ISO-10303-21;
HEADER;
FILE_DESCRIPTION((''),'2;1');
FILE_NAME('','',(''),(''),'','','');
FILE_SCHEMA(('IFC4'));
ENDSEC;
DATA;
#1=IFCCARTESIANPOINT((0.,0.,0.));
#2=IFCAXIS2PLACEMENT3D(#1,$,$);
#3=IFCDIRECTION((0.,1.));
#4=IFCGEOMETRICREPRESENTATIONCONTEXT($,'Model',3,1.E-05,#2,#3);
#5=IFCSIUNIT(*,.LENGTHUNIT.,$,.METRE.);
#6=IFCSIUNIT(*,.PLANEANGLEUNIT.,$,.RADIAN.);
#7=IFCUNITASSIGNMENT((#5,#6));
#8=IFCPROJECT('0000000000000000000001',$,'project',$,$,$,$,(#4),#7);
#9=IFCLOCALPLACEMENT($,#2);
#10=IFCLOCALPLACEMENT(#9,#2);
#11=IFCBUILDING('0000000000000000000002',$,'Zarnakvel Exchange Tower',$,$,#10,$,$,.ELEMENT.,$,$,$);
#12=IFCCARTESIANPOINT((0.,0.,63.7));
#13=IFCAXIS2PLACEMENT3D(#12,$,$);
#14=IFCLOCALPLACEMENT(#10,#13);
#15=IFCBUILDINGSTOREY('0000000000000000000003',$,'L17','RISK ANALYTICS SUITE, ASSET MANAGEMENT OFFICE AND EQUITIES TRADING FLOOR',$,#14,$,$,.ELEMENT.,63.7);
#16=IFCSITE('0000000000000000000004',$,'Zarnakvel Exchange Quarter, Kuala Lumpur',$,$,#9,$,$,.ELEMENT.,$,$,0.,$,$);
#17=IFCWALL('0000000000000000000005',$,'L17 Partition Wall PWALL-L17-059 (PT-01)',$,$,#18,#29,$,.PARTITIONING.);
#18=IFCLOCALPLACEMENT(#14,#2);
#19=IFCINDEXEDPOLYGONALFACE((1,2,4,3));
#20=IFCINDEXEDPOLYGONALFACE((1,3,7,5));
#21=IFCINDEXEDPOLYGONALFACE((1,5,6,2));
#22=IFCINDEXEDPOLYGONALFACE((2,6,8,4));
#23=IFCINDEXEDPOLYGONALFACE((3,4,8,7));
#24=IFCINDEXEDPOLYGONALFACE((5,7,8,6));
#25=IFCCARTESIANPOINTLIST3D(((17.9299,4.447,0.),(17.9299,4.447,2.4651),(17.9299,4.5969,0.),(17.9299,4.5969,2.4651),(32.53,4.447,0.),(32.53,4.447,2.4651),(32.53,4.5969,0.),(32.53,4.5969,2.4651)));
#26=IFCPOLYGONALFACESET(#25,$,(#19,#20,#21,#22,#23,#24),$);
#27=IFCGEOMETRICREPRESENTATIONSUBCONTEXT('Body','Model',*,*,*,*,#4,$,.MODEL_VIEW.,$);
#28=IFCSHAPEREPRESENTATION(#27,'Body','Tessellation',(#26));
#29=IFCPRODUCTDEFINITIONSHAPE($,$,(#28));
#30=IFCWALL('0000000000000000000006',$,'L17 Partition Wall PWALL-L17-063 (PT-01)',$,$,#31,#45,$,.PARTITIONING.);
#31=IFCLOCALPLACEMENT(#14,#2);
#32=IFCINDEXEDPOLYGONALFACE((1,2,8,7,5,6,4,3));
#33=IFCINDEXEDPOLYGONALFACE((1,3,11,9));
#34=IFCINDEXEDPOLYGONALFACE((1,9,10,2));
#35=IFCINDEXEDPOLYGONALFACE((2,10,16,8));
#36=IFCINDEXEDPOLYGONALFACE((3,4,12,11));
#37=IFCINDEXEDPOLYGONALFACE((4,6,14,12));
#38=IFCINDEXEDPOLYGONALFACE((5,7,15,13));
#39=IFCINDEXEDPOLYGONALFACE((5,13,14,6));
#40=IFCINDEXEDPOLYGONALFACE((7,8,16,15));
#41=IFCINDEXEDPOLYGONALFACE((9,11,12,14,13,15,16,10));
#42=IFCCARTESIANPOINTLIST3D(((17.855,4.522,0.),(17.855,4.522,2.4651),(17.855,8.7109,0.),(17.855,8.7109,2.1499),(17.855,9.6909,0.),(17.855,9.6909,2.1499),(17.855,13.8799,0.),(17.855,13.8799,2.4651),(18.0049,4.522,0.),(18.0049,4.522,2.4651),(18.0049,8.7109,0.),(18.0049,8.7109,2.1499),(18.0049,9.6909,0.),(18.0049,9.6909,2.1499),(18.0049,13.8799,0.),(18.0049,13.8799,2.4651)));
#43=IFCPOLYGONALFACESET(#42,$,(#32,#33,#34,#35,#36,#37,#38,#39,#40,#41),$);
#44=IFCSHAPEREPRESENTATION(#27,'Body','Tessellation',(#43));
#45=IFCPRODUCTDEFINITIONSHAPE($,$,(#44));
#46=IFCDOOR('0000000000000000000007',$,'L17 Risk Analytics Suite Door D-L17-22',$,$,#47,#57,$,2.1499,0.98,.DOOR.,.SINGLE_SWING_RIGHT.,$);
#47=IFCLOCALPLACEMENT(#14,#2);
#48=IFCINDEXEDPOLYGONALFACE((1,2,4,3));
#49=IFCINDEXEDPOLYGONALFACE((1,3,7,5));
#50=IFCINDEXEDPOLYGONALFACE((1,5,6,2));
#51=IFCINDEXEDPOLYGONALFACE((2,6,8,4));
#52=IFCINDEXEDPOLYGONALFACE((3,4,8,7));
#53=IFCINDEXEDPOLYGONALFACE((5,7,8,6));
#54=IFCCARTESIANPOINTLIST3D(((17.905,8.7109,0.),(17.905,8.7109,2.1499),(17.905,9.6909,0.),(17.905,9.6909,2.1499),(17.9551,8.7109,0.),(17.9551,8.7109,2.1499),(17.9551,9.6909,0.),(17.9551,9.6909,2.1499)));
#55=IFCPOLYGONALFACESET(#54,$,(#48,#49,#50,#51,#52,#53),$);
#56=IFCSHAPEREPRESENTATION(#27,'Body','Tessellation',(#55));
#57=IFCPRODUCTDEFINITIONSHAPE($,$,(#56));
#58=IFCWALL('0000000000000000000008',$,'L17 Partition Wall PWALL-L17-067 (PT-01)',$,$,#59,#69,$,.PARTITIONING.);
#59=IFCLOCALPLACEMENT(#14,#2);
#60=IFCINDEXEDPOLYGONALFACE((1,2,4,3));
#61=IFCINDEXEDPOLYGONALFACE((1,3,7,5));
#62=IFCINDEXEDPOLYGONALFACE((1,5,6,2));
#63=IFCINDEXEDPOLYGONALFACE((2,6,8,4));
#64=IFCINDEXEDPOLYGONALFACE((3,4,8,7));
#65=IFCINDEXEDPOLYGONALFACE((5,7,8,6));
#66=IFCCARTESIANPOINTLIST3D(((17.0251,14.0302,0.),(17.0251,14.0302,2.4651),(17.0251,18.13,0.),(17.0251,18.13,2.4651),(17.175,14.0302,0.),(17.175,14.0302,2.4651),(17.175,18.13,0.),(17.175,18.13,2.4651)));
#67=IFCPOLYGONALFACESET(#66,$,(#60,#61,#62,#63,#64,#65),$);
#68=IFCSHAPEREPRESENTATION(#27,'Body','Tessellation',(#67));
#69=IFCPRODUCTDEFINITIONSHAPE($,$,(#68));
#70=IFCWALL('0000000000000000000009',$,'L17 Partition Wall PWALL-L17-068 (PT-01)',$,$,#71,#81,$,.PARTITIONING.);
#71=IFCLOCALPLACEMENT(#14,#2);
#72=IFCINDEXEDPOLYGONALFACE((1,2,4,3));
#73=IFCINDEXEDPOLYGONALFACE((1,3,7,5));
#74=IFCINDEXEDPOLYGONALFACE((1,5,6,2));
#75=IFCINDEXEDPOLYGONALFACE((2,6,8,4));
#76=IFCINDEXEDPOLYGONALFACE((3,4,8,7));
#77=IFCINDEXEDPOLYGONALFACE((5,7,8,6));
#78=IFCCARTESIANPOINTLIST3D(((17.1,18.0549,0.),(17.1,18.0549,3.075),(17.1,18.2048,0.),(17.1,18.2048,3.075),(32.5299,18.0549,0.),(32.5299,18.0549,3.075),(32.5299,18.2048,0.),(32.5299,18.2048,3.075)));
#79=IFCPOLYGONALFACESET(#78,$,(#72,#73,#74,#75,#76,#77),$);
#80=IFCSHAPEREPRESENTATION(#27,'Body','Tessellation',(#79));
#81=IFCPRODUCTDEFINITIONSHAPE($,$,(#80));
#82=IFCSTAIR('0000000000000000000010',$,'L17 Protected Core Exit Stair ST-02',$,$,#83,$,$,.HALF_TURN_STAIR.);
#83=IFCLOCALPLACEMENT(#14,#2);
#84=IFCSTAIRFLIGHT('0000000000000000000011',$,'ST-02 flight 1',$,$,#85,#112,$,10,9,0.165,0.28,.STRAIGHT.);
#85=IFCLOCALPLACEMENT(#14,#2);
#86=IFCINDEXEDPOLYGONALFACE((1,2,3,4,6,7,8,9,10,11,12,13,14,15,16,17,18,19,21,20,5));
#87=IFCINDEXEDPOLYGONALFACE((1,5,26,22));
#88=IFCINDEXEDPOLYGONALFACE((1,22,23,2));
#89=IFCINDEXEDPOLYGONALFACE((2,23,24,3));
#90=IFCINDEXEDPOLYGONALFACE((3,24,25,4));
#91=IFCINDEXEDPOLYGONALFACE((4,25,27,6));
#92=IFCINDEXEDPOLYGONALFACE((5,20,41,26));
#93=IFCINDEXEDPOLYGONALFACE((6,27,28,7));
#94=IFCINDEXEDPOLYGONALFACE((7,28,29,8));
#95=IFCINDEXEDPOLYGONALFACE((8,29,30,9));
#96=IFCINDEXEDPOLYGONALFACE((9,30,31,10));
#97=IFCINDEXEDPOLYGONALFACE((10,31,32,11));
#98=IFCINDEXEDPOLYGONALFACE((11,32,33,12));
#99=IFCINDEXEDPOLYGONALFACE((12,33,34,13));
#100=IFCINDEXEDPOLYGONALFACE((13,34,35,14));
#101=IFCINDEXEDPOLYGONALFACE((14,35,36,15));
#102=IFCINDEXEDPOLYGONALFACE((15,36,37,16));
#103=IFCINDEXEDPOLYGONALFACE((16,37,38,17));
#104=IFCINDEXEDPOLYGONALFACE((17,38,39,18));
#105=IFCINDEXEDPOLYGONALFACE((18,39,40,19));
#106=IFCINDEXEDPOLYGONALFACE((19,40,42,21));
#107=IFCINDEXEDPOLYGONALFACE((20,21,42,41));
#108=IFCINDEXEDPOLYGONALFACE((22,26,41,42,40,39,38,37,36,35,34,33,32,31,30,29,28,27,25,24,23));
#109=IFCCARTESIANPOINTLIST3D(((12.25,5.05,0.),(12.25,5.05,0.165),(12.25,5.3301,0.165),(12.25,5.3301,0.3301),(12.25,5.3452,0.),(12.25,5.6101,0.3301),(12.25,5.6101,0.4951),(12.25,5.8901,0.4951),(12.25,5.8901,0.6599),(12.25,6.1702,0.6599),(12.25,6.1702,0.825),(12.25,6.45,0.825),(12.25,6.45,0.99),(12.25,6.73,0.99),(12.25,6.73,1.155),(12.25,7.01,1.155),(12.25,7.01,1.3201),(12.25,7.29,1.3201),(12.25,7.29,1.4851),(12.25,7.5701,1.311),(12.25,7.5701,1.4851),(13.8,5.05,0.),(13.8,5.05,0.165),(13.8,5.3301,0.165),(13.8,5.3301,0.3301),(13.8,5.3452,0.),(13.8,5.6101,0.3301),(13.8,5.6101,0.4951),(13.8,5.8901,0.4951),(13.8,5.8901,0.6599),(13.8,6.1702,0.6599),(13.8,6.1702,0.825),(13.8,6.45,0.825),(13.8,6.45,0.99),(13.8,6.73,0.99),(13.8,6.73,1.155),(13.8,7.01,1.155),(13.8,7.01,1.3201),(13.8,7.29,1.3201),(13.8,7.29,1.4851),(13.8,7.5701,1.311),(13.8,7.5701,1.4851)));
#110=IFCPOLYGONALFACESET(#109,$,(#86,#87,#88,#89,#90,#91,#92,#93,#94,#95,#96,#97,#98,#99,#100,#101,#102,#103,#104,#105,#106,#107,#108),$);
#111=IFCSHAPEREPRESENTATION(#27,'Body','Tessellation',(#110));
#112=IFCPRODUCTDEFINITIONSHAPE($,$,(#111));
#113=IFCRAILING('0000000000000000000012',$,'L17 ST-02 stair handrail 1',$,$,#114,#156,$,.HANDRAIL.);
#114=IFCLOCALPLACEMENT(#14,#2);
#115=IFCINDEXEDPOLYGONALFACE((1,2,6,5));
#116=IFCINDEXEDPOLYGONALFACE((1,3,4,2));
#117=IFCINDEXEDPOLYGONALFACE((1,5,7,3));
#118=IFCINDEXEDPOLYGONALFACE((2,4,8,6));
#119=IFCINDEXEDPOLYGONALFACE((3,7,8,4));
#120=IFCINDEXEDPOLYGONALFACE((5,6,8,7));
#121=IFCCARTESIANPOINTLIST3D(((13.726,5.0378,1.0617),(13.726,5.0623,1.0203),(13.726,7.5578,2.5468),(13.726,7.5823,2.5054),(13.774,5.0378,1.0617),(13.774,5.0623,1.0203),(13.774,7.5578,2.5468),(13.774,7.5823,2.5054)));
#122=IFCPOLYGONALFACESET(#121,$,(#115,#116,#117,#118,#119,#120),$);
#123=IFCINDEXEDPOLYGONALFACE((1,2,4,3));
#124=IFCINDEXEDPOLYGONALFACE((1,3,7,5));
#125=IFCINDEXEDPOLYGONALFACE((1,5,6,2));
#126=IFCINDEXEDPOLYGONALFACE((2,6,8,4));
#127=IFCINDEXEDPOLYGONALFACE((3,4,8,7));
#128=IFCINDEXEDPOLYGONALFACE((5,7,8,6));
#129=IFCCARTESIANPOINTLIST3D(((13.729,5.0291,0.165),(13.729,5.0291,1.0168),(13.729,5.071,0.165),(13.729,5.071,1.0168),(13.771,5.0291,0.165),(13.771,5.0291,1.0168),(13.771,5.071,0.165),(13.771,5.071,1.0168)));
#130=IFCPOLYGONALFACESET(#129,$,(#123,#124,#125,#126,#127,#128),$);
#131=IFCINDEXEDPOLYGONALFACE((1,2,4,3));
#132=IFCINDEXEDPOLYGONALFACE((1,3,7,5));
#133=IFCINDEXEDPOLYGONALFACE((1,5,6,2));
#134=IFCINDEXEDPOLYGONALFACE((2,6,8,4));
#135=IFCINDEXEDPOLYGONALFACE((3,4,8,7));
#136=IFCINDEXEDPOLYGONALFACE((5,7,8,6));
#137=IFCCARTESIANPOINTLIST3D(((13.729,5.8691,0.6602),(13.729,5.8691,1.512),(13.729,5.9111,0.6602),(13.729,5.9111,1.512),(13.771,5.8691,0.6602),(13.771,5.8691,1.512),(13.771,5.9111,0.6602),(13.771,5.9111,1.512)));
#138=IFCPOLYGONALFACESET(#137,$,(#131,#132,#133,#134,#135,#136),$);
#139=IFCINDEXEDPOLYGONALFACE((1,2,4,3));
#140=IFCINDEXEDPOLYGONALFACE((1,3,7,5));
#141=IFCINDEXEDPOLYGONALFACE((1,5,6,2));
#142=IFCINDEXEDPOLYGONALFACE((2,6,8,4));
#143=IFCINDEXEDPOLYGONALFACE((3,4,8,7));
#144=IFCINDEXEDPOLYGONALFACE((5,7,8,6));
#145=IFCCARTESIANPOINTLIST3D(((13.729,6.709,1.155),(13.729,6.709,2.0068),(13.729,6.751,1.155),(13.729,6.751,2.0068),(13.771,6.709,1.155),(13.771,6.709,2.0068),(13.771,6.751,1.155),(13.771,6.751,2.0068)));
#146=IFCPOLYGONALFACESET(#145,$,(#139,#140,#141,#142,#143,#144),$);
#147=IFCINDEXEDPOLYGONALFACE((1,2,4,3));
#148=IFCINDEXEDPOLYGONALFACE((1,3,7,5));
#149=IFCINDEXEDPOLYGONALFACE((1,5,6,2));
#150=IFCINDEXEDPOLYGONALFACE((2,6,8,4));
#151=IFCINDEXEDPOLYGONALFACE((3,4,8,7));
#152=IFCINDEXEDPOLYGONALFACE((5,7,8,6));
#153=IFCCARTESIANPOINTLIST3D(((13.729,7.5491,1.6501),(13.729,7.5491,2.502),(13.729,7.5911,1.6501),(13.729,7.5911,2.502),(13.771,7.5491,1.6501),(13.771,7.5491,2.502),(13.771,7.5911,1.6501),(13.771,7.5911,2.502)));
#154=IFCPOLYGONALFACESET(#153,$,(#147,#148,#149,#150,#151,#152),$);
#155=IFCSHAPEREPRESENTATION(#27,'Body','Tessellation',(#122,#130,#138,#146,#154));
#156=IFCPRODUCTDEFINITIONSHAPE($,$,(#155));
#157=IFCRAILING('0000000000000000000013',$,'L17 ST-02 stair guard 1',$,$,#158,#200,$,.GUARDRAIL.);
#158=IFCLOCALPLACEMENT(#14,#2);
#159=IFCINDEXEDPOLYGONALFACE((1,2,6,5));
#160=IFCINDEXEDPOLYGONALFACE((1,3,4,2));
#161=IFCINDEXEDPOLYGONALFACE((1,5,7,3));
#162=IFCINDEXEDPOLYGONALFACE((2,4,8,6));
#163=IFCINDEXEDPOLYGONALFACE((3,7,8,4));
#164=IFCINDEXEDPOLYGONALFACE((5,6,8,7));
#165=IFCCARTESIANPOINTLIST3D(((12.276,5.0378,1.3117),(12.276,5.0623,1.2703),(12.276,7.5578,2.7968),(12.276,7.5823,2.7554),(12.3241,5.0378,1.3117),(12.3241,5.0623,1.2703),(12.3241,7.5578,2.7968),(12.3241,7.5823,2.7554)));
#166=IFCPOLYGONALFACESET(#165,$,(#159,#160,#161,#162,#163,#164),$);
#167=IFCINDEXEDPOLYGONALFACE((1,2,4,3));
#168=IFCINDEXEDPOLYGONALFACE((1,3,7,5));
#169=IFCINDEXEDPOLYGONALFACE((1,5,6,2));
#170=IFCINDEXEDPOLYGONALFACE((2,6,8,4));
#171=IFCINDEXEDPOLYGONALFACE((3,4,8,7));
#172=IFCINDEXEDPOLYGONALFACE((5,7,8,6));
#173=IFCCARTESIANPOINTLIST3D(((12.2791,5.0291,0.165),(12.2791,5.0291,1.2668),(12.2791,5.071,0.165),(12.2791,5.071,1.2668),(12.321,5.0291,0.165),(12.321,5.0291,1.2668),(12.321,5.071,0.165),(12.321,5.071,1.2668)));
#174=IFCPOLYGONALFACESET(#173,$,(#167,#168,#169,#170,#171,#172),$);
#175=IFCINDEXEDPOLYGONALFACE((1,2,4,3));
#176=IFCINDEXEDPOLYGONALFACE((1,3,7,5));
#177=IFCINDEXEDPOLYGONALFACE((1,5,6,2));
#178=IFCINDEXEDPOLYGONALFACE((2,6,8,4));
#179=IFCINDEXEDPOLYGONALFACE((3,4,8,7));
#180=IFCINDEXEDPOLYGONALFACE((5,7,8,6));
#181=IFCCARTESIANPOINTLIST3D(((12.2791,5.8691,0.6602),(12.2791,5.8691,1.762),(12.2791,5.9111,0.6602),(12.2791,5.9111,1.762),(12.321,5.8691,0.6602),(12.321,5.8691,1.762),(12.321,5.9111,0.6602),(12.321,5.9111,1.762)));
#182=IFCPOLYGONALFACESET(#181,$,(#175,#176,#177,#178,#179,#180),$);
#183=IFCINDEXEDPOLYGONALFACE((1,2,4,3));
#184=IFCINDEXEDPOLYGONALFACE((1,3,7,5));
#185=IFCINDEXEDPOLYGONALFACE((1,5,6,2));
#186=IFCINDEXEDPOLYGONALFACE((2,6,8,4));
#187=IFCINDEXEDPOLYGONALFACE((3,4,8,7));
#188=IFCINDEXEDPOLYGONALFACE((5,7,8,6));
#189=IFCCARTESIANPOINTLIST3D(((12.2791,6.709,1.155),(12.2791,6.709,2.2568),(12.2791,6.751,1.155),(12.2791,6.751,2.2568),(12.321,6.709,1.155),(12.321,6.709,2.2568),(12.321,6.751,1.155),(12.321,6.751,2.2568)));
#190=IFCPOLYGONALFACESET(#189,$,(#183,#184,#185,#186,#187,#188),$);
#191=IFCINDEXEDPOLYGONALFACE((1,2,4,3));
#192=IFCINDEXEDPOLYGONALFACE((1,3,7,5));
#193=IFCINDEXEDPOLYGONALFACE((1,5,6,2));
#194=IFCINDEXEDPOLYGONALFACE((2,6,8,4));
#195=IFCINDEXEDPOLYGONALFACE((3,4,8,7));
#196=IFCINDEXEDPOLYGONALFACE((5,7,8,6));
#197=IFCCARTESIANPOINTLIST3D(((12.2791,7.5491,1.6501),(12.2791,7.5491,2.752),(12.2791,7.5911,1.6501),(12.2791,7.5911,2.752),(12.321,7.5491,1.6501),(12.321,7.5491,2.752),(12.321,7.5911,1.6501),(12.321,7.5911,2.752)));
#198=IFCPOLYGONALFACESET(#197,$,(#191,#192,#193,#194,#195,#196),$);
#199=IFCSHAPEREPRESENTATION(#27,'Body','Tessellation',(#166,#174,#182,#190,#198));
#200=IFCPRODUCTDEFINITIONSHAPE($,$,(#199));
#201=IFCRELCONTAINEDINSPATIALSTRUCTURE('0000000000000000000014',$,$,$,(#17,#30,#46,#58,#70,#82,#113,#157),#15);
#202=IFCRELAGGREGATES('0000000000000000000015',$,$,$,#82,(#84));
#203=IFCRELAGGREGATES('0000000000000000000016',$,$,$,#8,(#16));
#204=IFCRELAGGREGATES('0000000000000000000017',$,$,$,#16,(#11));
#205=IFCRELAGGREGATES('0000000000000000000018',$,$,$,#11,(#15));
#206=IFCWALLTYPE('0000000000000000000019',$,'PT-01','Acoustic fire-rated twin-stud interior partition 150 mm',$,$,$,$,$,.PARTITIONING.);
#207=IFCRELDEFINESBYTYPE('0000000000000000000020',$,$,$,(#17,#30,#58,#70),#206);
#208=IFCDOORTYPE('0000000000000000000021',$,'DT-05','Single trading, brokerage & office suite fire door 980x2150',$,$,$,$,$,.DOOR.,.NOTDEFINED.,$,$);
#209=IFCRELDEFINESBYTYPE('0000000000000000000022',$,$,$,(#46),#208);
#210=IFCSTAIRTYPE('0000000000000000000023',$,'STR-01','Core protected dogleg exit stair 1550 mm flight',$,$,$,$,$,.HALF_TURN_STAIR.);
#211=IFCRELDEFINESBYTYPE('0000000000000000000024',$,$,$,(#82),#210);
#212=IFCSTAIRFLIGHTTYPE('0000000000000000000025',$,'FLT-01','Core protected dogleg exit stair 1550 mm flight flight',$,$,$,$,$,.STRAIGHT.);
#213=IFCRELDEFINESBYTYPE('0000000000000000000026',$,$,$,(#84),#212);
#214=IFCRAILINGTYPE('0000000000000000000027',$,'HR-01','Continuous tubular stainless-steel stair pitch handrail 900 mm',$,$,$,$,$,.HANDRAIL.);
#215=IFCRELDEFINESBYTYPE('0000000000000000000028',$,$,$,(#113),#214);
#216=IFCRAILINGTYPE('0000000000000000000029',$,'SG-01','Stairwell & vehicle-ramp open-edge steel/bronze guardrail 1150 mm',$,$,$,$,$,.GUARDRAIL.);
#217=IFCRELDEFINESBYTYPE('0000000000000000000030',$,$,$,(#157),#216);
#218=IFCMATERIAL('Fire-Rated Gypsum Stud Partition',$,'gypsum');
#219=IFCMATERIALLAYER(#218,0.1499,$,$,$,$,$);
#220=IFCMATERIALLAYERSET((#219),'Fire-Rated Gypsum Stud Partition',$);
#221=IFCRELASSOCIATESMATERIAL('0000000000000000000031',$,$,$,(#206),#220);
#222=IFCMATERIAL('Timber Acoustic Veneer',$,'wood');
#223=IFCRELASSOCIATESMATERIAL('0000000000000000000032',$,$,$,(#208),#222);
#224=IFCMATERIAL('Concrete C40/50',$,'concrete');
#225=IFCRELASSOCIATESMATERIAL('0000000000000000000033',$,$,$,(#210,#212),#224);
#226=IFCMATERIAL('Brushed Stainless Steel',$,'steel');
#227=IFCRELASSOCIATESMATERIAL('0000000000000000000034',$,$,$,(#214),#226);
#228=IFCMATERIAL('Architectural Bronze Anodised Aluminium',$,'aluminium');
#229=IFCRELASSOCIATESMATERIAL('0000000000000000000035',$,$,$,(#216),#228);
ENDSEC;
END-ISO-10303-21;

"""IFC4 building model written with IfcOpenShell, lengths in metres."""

from ifc_helpers import new_model, si_unit, direction, frame, frame_2d, origin, origin_2d, place, context, subcontext, project, spatial, polyline, rectangle, outline, extrude, source, transform, mapped, material, layer, layer_set, type_object, element, fill, aggregate, save


model = new_model("IFC4")

# Units and contexts
model_context = context("Model", 3, precision=1e-05, world=origin(), true_north=direction((0.0, 1.0)))
body_context = subcontext(model_context, "Body", "Model", "MODEL_VIEW")
ifc_project = project(units=[si_unit("LENGTHUNIT", "METRE"), si_unit("PLANEANGLEUNIT", "RADIAN")], contexts=[model_context])

# Site, building, storey
site_placement = place(None, origin())
site = spatial("IfcSite", under=ifc_project, at=site_placement, Name="Zarnakvel Exchange Quarter, Kuala Lumpur", CompositionType="ELEMENT", RefElevation=0.0)
building_placement = place(site_placement, origin())
building = spatial("IfcBuilding", under=site, at=building_placement, Name="Zarnakvel Exchange Tower", CompositionType="ELEMENT")
storey_placement = place(building_placement, frame((0.0, 0.0, 63.7)))
storey = spatial("IfcBuildingStorey", under=building, at=storey_placement, Name="L17", Description="RISK ANALYTICS SUITE, ASSET MANAGEMENT OFFICE AND EQUITIES TRADING FLOOR", CompositionType="ELEMENT", Elevation=63.7)

# Shared definitions
ifc_material_1 = material(Name="Architectural Bronze Anodised Aluminium", Category="aluminium")

# Wall
ifc_material_2 = material(Name="Fire-Rated Gypsum Stud Partition", Category="gypsum")
ifc_layer_1 = layer(ifc_material_2, 0.1499)
ifc_layer_set_1 = layer_set([ifc_layer_1], Name="Fire-Rated Gypsum Stud Partition")
wall_type_1 = type_object("IfcWallType", Name="PT-01", Description="Acoustic fire-rated twin-stud interior partition 150 mm", PredefinedType="PARTITIONING", material=ifc_layer_set_1)
wall_1_placement = place(storey_placement, frame((17.9299, 4.522, 0.0), z_axis=(0.0, 0.0, 1.0), x_axis=(1.0, 0.0, 0.0)))
element("IfcWall", 1, at=wall_1_placement, inside=storey, type_object=wall_type_1, Name="L17 Partition Wall PWALL-L17-059 (PT-01)", PredefinedType="PARTITIONING", context=body_context, shape_type="SweptSolid", body=[
    extrude(rectangle(XDim=14.6001, YDim=0.1499, at=frame_2d((7.3, 0.0))), origin(), (0.0, 0.0, 1.0), 2.4651),
])

# Wall, opening, door
wall_2_placement = place(storey_placement, frame((17.9299, 4.522, 0.0), z_axis=(0.0, 0.0, 1.0), x_axis=(0.0, 1.0, 0.0)))
wall_2 = element("IfcWall", 2, at=wall_2_placement, inside=storey, type_object=wall_type_1, Name="L17 Partition Wall PWALL-L17-063 (PT-01)", PredefinedType="PARTITIONING", context=body_context, shape_type="SweptSolid", body=[
    extrude(rectangle(XDim=9.3579, YDim=0.1499, at=frame_2d((4.679, 0.0))), origin(), (0.0, 0.0, 1.0), 2.4651),
])
opening_1_placement = place(wall_2_placement, frame((4.189, 0.0, 0.0)))
opening_1 = element("IfcOpeningElement", 3, at=opening_1_placement, cuts=wall_2, PredefinedType="OPENING", context=body_context, shape_type="SweptSolid", body=[
    extrude(rectangle(XDim=0.98, YDim=2.1499, at=frame_2d((0.49, 1.075))), frame((0.0, 0.085, 0.0), z_axis=(0.0, -1.0, 0.0), x_axis=(1.0, 0.0, 0.0)), (0.0, 0.0, 1.0), 0.1699),
])
ifc_material_3 = material(Name="Timber Acoustic Veneer", Category="wood")
door_type_1 = type_object("IfcDoorType", Name="DT-05", Description="Single trading, brokerage & office suite fire door 980x2150", OperationType="NOTDEFINED", PredefinedType="DOOR", material=ifc_material_3)
shared_shape_1 = source(origin(), body_context, "Body", "SweptSolid", [
    extrude(rectangle(XDim=0.98, YDim=2.1499, at=frame_2d((0.49, 1.075))), frame((0.0, 0.0249, 0.0), z_axis=(0.0, -1.0, 0.0), x_axis=(1.0, 0.0, 0.0)), (0.0, 0.0, 1.0), 0.05),
])
door_1_placement = place(opening_1_placement, origin())
door_1 = element("IfcDoor", 4, at=door_1_placement, inside=storey, type_object=door_type_1, Name="L17 Risk Analytics Suite Door D-L17-22", OperationType="SINGLE_SWING_RIGHT", OverallHeight=2.1499, OverallWidth=0.98, PredefinedType="DOOR", context=body_context, shape_type="MappedRepresentation", body=[
    mapped(shared_shape_1, transform((0.0, 0.0, 0.0), x_axis=(1.0, 0.0, 0.0), y_axis=(0.0, 1.0, 0.0), z_axis=(0.0, 0.0, 1.0), scale=1.0)),
])
fill(opening_1, door_1)

# Walls
wall_3_placement = place(storey_placement, frame((17.1001, 18.1299, 0.0), z_axis=(0.0, 0.0, 1.0), x_axis=(0.0, -1.0, 0.0)))
element("IfcWall", 5, at=wall_3_placement, inside=storey, type_object=wall_type_1, Name="L17 Partition Wall PWALL-L17-067 (PT-01)", PredefinedType="PARTITIONING", context=body_context, shape_type="SweptSolid", body=[
    extrude(rectangle(XDim=4.0999, YDim=0.1499, at=frame_2d((2.0498, 0.0))), origin(), (0.0, 0.0, 1.0), 2.4651),
])
wall_4_placement = place(storey_placement, frame((17.1001, 18.1299, 0.0), z_axis=(0.0, 0.0, 1.0), x_axis=(1.0, 0.0, 0.0)))
element("IfcWall", 6, at=wall_4_placement, inside=storey, type_object=wall_type_1, Name="L17 Partition Wall PWALL-L17-068 (PT-01)", PredefinedType="PARTITIONING", context=body_context, shape_type="SweptSolid", body=[
    extrude(rectangle(XDim=15.4299, YDim=0.1499, at=frame_2d((7.7148, 0.0))), origin(), (0.0, 0.0, 1.0), 3.075),
])

# Shared definitions
ifc_material_4 = material(Name="Concrete C40/50", Category="concrete")

# Stair, stair flight
stair_type = type_object("IfcStairType", Name="STR-01", Description="Core protected dogleg exit stair 1550 mm flight", PredefinedType="HALF_TURN_STAIR", material=ifc_material_4)
stair_placement = place(storey_placement, origin())
stair = element("IfcStair", 7, at=stair_placement, inside=storey, type_object=stair_type, Name="L17 Protected Core Exit Stair ST-02", PredefinedType="HALF_TURN_STAIR")
stair_flight_type = type_object("IfcStairFlightType", Name="FLT-01", Description="Core protected dogleg exit stair 1550 mm flight flight", PredefinedType="STRAIGHT", material=ifc_material_4)
stair_flight_placement = place(storey_placement, frame((13.0249, 5.05, 0.0), z_axis=(0.0, 0.0, 1.0), x_axis=(0.0, 1.0, 0.0)))
stair_flight = element("IfcStairFlight", 8, at=stair_flight_placement, type_object=stair_flight_type, Name="ST-02 flight 1", NumberOfRisers=10, NumberOfTreads=9, PredefinedType="STRAIGHT", RiserHeight=0.165, TreadLength=0.28, context=body_context, shape_type="SweptSolid", body=[
    extrude(outline(polyline([(0.0, 0.0), (0.0, 0.165), (0.28, 0.165), (0.28, 0.3301), (0.5601, 0.3301), (0.5601, 0.4951), (0.8401, 0.4951), (0.8401, 0.6599), (1.1201, 0.6599), (1.1201, 0.825), (1.3999, 0.825), (1.3999, 0.99), (1.6799, 0.99), (1.6799, 1.155), (1.96, 1.155), (1.96, 1.3201), (2.24, 1.3201), (2.24, 1.4851), (2.52, 1.4851), (2.52, 1.6499), (2.52, 1.311), (0.2952, 0.0), (0.0, 0.0)])), frame((0.0, 0.7749, 0.0), z_axis=(0.0, -1.0, 0.0), x_axis=(1.0, 0.0, 0.0)), (0.0, 0.0, 1.0), 1.55),
])
aggregate(stair, [stair_flight])

# Railings
ifc_material_5 = material(Name="Brushed Stainless Steel", Category="steel")
railing_type_1 = type_object("IfcRailingType", Name="HR-01", Description="Continuous tubular stainless-steel stair pitch handrail 900 mm", PredefinedType="HANDRAIL", material=ifc_material_5)
railing_1_placement = place(storey_placement, frame((13.75, 5.05, 0.165)))
element("IfcRailing", 9, at=railing_1_placement, inside=storey, type_object=railing_type_1, Name="L17 ST-02 stair handrail 1", PredefinedType="HANDRAIL", context=body_context, shape_type="SweptSolid", body=[
    extrude(rectangle(XDim=0.0481, YDim=0.0481, at=origin_2d()), frame((0.0, 0.0, 0.876), z_axis=(0.0, 0.861524, 0.507717), x_axis=(-1.0, 0.0, 0.0)), (0.0, 0.0, 1.0), 2.925),
    extrude(rectangle(XDim=0.042, YDim=0.042, at=origin_2d()), origin(), (0.0, 0.0, 1.0), 0.8518),
    extrude(rectangle(XDim=0.042, YDim=0.042, at=origin_2d()), frame((0.0, 0.8401, 0.4951)), (0.0, 0.0, 1.0), 0.8518),
    extrude(rectangle(XDim=0.042, YDim=0.042, at=origin_2d()), frame((0.0, 1.6799, 0.99)), (0.0, 0.0, 1.0), 0.8518),
    extrude(rectangle(XDim=0.042, YDim=0.042, at=origin_2d()), frame((0.0, 2.52, 1.4851)), (0.0, 0.0, 1.0), 0.8518),
])
railing_type_2 = type_object("IfcRailingType", Name="SG-01", Description="Stairwell & vehicle-ramp open-edge steel/bronze guardrail 1150 mm", PredefinedType="GUARDRAIL", material=ifc_material_1)
railing_2_placement = place(storey_placement, frame((12.3, 5.05, 0.165)))
element("IfcRailing", 10, at=railing_2_placement, inside=storey, type_object=railing_type_2, Name="L17 ST-02 stair guard 1", PredefinedType="GUARDRAIL", context=body_context, shape_type="SweptSolid", body=[
    extrude(rectangle(XDim=0.0481, YDim=0.0481, at=origin_2d()), frame((0.0, 0.0, 1.126), z_axis=(0.0, 0.861524, 0.507717), x_axis=(-1.0, 0.0, 0.0)), (0.0, 0.0, 1.0), 2.925),
    extrude(rectangle(XDim=0.042, YDim=0.042, at=origin_2d()), origin(), (0.0, 0.0, 1.0), 1.1018),
    extrude(rectangle(XDim=0.042, YDim=0.042, at=origin_2d()), frame((0.0, 0.8401, 0.4951)), (0.0, 0.0, 1.0), 1.1018),
    extrude(rectangle(XDim=0.042, YDim=0.042, at=origin_2d()), frame((0.0, 1.6799, 0.99)), (0.0, 0.0, 1.0), 1.1018),
    extrude(rectangle(XDim=0.042, YDim=0.042, at=origin_2d()), frame((0.0, 2.52, 1.4851)), (0.0, 0.0, 1.0), 1.1018),
])

save(model, "model.ifc")
